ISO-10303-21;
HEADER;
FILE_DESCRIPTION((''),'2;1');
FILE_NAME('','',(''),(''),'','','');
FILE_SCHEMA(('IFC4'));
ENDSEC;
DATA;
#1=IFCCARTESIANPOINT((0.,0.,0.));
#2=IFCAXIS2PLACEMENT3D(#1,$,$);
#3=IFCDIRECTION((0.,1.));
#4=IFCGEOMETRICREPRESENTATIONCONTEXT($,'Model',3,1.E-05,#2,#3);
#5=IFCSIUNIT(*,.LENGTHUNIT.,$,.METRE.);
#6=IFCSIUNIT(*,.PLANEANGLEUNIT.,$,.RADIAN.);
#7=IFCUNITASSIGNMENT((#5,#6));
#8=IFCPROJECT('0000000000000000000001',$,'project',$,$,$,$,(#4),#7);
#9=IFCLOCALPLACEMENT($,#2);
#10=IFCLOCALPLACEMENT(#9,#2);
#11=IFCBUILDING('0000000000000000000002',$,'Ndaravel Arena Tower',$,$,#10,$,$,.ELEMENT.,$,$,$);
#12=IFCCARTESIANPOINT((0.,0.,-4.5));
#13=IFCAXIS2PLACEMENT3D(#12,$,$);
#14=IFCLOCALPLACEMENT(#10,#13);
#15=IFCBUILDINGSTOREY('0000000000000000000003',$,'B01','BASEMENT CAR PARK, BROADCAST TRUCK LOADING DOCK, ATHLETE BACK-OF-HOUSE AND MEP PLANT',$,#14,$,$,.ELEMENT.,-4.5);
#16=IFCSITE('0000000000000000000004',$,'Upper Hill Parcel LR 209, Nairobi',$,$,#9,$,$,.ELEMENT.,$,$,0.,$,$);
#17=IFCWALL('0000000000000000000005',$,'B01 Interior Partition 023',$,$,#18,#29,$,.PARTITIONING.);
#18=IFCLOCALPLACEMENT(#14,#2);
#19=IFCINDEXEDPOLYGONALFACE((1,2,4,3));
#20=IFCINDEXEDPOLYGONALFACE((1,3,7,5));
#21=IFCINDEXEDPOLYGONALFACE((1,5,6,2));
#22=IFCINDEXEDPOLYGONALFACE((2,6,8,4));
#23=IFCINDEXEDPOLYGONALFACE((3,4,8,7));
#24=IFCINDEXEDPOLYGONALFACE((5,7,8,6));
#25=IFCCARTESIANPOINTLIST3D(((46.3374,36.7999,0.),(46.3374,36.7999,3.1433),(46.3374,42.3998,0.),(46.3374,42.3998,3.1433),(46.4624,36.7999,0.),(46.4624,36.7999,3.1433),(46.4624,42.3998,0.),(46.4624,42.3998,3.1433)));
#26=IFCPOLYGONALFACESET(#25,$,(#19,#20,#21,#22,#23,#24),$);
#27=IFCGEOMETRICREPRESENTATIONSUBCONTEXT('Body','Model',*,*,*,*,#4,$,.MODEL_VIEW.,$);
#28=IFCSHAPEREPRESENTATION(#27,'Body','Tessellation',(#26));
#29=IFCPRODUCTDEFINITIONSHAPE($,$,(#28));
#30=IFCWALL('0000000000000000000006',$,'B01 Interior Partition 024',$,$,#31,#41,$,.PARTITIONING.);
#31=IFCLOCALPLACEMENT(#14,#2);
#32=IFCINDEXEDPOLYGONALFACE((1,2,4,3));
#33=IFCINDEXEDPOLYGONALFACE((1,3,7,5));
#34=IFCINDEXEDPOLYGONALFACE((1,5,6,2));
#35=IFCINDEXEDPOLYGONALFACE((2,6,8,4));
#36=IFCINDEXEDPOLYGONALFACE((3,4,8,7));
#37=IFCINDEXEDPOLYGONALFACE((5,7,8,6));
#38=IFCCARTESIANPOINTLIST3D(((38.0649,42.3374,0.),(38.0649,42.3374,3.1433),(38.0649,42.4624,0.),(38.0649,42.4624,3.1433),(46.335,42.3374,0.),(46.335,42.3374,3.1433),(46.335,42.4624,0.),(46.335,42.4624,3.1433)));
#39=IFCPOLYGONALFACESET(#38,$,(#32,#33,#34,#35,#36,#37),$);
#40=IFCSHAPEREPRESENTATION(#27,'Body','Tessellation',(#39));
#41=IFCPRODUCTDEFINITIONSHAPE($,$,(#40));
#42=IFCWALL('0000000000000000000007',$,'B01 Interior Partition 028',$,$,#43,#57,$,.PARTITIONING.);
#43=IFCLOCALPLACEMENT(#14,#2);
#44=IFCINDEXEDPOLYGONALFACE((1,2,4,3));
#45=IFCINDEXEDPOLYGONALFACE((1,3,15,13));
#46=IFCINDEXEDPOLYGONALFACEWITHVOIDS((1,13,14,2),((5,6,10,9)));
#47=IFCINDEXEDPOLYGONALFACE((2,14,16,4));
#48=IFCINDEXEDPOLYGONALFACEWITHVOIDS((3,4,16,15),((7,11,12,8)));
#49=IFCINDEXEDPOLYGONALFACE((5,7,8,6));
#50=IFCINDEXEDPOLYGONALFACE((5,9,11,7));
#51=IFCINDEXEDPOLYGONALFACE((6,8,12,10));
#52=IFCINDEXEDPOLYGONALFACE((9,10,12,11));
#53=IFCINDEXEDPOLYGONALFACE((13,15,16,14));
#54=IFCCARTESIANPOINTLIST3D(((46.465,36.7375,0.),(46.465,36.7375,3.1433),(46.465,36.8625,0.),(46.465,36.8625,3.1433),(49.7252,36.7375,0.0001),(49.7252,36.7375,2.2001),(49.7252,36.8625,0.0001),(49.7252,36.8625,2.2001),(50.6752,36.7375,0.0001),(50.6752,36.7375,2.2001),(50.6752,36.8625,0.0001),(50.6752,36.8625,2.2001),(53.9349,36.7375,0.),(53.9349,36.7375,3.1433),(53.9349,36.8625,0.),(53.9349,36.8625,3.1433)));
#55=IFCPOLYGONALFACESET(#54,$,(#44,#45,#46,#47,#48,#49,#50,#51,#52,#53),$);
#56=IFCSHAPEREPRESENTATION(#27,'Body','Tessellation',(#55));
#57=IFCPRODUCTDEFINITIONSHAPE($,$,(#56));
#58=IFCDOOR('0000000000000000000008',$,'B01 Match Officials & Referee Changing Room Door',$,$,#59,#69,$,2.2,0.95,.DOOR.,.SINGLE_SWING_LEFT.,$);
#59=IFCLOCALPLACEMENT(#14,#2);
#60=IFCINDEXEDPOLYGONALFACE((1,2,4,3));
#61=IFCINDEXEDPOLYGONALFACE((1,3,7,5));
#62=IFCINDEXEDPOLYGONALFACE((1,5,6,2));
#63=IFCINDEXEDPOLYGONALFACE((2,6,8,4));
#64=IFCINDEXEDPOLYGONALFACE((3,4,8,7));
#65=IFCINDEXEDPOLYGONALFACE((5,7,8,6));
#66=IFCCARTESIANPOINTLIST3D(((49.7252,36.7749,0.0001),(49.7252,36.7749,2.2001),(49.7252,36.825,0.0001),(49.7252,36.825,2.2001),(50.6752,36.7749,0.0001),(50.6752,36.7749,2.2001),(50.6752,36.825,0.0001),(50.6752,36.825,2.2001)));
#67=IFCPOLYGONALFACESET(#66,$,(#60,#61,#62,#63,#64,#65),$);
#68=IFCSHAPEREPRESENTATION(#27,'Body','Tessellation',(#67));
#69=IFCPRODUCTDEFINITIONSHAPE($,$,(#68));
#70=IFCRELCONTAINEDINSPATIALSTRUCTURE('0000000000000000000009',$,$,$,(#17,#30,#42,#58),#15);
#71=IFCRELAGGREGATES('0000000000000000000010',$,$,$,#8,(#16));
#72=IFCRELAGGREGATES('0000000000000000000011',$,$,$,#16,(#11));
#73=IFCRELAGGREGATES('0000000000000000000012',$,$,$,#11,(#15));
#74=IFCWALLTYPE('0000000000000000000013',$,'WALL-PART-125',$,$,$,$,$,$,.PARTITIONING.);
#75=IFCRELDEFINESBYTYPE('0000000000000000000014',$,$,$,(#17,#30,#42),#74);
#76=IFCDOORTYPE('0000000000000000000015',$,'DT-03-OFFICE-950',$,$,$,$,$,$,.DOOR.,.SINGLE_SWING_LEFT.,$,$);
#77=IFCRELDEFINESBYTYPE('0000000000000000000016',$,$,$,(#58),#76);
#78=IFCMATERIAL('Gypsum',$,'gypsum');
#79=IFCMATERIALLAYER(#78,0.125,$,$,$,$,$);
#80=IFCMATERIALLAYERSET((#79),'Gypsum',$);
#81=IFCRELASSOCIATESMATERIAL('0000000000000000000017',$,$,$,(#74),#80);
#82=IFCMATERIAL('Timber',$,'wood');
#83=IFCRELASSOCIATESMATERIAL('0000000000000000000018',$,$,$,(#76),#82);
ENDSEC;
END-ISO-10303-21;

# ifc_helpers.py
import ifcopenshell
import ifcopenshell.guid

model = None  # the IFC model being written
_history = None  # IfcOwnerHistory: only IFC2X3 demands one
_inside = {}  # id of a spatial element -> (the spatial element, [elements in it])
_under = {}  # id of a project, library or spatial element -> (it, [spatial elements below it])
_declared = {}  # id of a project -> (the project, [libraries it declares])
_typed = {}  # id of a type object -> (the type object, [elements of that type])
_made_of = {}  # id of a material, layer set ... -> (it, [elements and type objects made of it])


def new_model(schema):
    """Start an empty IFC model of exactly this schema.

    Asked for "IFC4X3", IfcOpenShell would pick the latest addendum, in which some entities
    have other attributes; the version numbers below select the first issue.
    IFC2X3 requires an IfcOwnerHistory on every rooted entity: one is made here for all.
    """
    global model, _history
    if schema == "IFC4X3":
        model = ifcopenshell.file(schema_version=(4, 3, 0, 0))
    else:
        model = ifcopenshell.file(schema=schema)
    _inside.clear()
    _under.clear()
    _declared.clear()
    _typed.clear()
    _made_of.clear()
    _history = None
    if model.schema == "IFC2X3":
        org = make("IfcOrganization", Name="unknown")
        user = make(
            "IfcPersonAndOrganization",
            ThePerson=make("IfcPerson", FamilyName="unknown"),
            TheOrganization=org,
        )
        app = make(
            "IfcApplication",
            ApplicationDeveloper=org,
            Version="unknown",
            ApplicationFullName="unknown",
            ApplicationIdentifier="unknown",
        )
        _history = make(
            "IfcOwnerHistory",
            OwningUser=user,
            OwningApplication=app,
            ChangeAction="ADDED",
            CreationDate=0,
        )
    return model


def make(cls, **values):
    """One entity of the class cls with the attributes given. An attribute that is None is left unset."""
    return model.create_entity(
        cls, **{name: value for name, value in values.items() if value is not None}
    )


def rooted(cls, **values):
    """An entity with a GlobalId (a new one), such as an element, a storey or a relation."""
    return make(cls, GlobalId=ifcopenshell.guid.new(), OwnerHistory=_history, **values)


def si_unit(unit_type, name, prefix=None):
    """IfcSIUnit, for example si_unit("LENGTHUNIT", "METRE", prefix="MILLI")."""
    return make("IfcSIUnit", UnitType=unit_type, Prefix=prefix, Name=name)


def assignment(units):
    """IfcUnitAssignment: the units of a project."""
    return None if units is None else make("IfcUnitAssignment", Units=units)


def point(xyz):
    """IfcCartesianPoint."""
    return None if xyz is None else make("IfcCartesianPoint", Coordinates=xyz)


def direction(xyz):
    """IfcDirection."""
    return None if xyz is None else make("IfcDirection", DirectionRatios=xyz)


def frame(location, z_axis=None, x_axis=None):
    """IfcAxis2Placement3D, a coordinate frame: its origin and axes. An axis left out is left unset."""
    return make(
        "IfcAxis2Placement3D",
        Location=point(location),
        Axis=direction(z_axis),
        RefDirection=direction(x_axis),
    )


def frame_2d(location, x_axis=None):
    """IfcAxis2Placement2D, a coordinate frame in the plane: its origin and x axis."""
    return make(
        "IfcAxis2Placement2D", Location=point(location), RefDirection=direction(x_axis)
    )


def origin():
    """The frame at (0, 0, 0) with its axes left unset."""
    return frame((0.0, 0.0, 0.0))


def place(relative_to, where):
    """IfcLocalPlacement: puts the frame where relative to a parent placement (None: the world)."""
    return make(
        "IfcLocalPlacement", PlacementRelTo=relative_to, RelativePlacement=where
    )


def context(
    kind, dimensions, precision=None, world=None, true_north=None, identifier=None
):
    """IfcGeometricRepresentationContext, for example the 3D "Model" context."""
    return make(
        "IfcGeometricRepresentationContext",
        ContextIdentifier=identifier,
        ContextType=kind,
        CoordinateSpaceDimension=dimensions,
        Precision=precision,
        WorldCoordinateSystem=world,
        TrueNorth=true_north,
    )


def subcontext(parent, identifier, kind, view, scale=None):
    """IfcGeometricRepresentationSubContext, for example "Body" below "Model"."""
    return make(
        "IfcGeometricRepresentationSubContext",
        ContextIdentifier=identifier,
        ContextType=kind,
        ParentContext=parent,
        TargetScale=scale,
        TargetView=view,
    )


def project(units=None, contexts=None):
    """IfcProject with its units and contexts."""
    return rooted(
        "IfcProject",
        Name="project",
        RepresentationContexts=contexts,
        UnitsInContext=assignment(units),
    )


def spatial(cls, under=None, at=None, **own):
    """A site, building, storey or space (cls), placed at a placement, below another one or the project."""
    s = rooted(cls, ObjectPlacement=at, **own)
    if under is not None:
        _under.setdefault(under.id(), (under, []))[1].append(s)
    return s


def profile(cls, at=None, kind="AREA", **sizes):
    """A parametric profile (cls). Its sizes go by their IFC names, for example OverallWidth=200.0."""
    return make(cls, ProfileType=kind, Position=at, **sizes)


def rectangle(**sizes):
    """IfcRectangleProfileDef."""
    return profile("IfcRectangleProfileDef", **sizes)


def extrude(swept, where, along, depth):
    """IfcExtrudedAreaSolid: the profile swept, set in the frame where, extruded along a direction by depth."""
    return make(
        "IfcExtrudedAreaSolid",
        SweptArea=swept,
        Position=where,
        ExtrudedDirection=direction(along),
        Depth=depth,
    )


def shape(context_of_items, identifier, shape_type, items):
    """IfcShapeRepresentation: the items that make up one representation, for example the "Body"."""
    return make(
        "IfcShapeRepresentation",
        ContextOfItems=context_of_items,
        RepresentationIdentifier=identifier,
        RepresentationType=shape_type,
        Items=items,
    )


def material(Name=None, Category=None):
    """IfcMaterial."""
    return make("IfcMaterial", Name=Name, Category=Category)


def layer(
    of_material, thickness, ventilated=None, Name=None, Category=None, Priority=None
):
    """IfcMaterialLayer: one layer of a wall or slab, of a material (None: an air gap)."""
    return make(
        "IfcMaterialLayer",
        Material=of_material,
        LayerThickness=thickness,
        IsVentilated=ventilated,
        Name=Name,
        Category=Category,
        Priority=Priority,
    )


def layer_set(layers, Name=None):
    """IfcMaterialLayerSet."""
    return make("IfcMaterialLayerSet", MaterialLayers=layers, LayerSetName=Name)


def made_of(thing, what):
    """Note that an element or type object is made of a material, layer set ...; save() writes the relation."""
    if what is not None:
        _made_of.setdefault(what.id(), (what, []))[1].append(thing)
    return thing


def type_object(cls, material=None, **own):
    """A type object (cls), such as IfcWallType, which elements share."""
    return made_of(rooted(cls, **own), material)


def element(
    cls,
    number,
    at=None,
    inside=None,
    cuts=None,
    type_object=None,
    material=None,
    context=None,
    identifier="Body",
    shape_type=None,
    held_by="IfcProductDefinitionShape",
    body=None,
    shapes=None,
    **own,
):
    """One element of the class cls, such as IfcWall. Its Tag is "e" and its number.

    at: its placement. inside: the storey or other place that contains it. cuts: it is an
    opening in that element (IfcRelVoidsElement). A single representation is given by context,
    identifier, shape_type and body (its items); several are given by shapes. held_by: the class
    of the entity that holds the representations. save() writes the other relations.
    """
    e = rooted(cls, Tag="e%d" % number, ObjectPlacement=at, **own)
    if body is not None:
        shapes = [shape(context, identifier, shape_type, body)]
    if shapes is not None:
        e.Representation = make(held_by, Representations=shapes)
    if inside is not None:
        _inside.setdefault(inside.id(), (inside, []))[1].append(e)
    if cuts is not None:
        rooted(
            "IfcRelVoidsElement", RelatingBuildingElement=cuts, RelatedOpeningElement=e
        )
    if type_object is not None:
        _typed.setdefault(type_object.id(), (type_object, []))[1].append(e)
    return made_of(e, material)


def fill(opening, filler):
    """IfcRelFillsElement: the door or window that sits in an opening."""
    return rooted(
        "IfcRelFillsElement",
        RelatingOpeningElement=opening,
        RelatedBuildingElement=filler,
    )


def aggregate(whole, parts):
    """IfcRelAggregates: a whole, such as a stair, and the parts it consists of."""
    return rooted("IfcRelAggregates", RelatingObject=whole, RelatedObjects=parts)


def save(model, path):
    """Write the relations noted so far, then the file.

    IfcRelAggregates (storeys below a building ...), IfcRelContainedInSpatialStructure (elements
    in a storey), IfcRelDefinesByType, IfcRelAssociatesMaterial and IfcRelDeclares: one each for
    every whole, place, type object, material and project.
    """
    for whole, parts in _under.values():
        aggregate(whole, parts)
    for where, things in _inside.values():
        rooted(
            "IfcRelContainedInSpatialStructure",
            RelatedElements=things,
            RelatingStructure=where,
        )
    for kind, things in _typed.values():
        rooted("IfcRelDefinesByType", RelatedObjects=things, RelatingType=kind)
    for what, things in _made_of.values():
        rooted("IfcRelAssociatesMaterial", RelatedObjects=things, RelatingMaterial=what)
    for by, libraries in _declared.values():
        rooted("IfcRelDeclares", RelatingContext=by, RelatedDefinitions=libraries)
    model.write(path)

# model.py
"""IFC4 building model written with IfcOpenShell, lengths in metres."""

from ifc_helpers import new_model, si_unit, direction, frame, frame_2d, origin, place, context, subcontext, project, spatial, rectangle, extrude, material, layer, layer_set, type_object, element, fill, save


model = new_model("IFC4")

# Units and contexts
model_context = context("Model", 3, precision=1e-05, world=origin(), true_north=direction((0.0, 1.0)))
body_context = subcontext(model_context, "Body", "Model", "MODEL_VIEW")
ifc_project = project(units=[si_unit("LENGTHUNIT", "METRE"), si_unit("PLANEANGLEUNIT", "RADIAN")], contexts=[model_context])

# Site, building, storey
site_placement = place(None, origin())
site = spatial("IfcSite", under=ifc_project, at=site_placement, Name="Upper Hill Parcel LR 209, Nairobi", CompositionType="ELEMENT", RefElevation=0.0)
building_placement = place(site_placement, origin())
building = spatial("IfcBuilding", under=site, at=building_placement, Name="Ndaravel Arena Tower", CompositionType="ELEMENT")
storey_placement = place(building_placement, frame((0.0, 0.0, -4.5)))
storey = spatial("IfcBuildingStorey", under=building, at=storey_placement, Name="B01", Description="BASEMENT CAR PARK, BROADCAST TRUCK LOADING DOCK, ATHLETE BACK-OF-HOUSE AND MEP PLANT", CompositionType="ELEMENT", Elevation=-4.5)

# Walls
ifc_material_1 = material(Name="Gypsum", Category="gypsum")
ifc_layer = layer(ifc_material_1, 0.125)
ifc_layer_set = layer_set([ifc_layer], Name="Gypsum")
wall_type = type_object("IfcWallType", Name="WALL-PART-125", PredefinedType="PARTITIONING", material=ifc_layer_set)
wall_1_placement = place(storey_placement, frame((46.3999, 36.8, 0.0), z_axis=(0.0, 0.0, 1.0), x_axis=(0.0, 1.0, 0.0)))
element("IfcWall", 1, at=wall_1_placement, inside=storey, type_object=wall_type, Name="B01 Interior Partition 023", PredefinedType="PARTITIONING", context=body_context, shape_type="SweptSolid", body=[
    extrude(rectangle(XDim=5.5999, YDim=0.125, at=frame_2d((2.7998, 0.0))), origin(), (0.0, 0.0, 1.0), 3.1433),
])
wall_2_placement = place(storey_placement, frame((46.335, 42.3999, 0.0), z_axis=(0.0, 0.0, 1.0), x_axis=(-1.0, 0.0, 0.0)))
element("IfcWall", 2, at=wall_2_placement, inside=storey, type_object=wall_type, Name="B01 Interior Partition 024", PredefinedType="PARTITIONING", context=body_context, shape_type="SweptSolid", body=[
    extrude(rectangle(XDim=8.27, YDim=0.125, at=frame_2d((4.135, 0.0))), origin(), (0.0, 0.0, 1.0), 3.1433),
])

# Wall, opening, door
wall_3_placement = place(storey_placement, frame((46.4651, 36.8, 0.0), z_axis=(0.0, 0.0, 1.0), x_axis=(1.0, 0.0, 0.0)))
wall_3 = element("IfcWall", 3, at=wall_3_placement, inside=storey, type_object=wall_type, Name="B01 Interior Partition 028", PredefinedType="PARTITIONING", context=body_context, shape_type="SweptSolid", body=[
    extrude(rectangle(XDim=7.47, YDim=0.125, at=frame_2d((3.7349, 0.0))), origin(), (0.0, 0.0, 1.0), 3.1433),
])
opening_placement = place(wall_3_placement, frame((3.26, 0.0, 0.0)))
opening = element("IfcOpeningElement", 4, at=opening_placement, cuts=wall_3, PredefinedType="OPENING", context=body_context, shape_type="SweptSolid", body=[
    extrude(rectangle(XDim=0.95, YDim=2.2, at=frame_2d((0.4751, 1.1001))), frame((0.0, 0.0625, 0.0), z_axis=(0.0, -1.0, 0.0), x_axis=(1.0, 0.0, 0.0)), (0.0, 0.0, 1.0), 0.125),
])
ifc_material_2 = material(Name="Timber", Category="wood")
door_type = type_object("IfcDoorType", Name="DT-03-OFFICE-950", OperationType="SINGLE_SWING_LEFT", PredefinedType="DOOR", material=ifc_material_2)
door_placement = place(opening_placement, origin())
door = element("IfcDoor", 5, at=door_placement, inside=storey, type_object=door_type, Name="B01 Match Officials & Referee Changing Room Door", OperationType="SINGLE_SWING_LEFT", OverallHeight=2.2, OverallWidth=0.95, PredefinedType="DOOR", context=body_context, shape_type="SweptSolid", body=[
    extrude(rectangle(XDim=0.95, YDim=2.2, at=frame_2d((0.4751, 1.1001))), frame((0.0, 0.0249, 0.0), z_axis=(0.0, -1.0, 0.0), x_axis=(1.0, 0.0, 0.0)), (0.0, 0.0, 1.0), 0.05),
])
fill(opening, door)

save(model, "model.ifc")
